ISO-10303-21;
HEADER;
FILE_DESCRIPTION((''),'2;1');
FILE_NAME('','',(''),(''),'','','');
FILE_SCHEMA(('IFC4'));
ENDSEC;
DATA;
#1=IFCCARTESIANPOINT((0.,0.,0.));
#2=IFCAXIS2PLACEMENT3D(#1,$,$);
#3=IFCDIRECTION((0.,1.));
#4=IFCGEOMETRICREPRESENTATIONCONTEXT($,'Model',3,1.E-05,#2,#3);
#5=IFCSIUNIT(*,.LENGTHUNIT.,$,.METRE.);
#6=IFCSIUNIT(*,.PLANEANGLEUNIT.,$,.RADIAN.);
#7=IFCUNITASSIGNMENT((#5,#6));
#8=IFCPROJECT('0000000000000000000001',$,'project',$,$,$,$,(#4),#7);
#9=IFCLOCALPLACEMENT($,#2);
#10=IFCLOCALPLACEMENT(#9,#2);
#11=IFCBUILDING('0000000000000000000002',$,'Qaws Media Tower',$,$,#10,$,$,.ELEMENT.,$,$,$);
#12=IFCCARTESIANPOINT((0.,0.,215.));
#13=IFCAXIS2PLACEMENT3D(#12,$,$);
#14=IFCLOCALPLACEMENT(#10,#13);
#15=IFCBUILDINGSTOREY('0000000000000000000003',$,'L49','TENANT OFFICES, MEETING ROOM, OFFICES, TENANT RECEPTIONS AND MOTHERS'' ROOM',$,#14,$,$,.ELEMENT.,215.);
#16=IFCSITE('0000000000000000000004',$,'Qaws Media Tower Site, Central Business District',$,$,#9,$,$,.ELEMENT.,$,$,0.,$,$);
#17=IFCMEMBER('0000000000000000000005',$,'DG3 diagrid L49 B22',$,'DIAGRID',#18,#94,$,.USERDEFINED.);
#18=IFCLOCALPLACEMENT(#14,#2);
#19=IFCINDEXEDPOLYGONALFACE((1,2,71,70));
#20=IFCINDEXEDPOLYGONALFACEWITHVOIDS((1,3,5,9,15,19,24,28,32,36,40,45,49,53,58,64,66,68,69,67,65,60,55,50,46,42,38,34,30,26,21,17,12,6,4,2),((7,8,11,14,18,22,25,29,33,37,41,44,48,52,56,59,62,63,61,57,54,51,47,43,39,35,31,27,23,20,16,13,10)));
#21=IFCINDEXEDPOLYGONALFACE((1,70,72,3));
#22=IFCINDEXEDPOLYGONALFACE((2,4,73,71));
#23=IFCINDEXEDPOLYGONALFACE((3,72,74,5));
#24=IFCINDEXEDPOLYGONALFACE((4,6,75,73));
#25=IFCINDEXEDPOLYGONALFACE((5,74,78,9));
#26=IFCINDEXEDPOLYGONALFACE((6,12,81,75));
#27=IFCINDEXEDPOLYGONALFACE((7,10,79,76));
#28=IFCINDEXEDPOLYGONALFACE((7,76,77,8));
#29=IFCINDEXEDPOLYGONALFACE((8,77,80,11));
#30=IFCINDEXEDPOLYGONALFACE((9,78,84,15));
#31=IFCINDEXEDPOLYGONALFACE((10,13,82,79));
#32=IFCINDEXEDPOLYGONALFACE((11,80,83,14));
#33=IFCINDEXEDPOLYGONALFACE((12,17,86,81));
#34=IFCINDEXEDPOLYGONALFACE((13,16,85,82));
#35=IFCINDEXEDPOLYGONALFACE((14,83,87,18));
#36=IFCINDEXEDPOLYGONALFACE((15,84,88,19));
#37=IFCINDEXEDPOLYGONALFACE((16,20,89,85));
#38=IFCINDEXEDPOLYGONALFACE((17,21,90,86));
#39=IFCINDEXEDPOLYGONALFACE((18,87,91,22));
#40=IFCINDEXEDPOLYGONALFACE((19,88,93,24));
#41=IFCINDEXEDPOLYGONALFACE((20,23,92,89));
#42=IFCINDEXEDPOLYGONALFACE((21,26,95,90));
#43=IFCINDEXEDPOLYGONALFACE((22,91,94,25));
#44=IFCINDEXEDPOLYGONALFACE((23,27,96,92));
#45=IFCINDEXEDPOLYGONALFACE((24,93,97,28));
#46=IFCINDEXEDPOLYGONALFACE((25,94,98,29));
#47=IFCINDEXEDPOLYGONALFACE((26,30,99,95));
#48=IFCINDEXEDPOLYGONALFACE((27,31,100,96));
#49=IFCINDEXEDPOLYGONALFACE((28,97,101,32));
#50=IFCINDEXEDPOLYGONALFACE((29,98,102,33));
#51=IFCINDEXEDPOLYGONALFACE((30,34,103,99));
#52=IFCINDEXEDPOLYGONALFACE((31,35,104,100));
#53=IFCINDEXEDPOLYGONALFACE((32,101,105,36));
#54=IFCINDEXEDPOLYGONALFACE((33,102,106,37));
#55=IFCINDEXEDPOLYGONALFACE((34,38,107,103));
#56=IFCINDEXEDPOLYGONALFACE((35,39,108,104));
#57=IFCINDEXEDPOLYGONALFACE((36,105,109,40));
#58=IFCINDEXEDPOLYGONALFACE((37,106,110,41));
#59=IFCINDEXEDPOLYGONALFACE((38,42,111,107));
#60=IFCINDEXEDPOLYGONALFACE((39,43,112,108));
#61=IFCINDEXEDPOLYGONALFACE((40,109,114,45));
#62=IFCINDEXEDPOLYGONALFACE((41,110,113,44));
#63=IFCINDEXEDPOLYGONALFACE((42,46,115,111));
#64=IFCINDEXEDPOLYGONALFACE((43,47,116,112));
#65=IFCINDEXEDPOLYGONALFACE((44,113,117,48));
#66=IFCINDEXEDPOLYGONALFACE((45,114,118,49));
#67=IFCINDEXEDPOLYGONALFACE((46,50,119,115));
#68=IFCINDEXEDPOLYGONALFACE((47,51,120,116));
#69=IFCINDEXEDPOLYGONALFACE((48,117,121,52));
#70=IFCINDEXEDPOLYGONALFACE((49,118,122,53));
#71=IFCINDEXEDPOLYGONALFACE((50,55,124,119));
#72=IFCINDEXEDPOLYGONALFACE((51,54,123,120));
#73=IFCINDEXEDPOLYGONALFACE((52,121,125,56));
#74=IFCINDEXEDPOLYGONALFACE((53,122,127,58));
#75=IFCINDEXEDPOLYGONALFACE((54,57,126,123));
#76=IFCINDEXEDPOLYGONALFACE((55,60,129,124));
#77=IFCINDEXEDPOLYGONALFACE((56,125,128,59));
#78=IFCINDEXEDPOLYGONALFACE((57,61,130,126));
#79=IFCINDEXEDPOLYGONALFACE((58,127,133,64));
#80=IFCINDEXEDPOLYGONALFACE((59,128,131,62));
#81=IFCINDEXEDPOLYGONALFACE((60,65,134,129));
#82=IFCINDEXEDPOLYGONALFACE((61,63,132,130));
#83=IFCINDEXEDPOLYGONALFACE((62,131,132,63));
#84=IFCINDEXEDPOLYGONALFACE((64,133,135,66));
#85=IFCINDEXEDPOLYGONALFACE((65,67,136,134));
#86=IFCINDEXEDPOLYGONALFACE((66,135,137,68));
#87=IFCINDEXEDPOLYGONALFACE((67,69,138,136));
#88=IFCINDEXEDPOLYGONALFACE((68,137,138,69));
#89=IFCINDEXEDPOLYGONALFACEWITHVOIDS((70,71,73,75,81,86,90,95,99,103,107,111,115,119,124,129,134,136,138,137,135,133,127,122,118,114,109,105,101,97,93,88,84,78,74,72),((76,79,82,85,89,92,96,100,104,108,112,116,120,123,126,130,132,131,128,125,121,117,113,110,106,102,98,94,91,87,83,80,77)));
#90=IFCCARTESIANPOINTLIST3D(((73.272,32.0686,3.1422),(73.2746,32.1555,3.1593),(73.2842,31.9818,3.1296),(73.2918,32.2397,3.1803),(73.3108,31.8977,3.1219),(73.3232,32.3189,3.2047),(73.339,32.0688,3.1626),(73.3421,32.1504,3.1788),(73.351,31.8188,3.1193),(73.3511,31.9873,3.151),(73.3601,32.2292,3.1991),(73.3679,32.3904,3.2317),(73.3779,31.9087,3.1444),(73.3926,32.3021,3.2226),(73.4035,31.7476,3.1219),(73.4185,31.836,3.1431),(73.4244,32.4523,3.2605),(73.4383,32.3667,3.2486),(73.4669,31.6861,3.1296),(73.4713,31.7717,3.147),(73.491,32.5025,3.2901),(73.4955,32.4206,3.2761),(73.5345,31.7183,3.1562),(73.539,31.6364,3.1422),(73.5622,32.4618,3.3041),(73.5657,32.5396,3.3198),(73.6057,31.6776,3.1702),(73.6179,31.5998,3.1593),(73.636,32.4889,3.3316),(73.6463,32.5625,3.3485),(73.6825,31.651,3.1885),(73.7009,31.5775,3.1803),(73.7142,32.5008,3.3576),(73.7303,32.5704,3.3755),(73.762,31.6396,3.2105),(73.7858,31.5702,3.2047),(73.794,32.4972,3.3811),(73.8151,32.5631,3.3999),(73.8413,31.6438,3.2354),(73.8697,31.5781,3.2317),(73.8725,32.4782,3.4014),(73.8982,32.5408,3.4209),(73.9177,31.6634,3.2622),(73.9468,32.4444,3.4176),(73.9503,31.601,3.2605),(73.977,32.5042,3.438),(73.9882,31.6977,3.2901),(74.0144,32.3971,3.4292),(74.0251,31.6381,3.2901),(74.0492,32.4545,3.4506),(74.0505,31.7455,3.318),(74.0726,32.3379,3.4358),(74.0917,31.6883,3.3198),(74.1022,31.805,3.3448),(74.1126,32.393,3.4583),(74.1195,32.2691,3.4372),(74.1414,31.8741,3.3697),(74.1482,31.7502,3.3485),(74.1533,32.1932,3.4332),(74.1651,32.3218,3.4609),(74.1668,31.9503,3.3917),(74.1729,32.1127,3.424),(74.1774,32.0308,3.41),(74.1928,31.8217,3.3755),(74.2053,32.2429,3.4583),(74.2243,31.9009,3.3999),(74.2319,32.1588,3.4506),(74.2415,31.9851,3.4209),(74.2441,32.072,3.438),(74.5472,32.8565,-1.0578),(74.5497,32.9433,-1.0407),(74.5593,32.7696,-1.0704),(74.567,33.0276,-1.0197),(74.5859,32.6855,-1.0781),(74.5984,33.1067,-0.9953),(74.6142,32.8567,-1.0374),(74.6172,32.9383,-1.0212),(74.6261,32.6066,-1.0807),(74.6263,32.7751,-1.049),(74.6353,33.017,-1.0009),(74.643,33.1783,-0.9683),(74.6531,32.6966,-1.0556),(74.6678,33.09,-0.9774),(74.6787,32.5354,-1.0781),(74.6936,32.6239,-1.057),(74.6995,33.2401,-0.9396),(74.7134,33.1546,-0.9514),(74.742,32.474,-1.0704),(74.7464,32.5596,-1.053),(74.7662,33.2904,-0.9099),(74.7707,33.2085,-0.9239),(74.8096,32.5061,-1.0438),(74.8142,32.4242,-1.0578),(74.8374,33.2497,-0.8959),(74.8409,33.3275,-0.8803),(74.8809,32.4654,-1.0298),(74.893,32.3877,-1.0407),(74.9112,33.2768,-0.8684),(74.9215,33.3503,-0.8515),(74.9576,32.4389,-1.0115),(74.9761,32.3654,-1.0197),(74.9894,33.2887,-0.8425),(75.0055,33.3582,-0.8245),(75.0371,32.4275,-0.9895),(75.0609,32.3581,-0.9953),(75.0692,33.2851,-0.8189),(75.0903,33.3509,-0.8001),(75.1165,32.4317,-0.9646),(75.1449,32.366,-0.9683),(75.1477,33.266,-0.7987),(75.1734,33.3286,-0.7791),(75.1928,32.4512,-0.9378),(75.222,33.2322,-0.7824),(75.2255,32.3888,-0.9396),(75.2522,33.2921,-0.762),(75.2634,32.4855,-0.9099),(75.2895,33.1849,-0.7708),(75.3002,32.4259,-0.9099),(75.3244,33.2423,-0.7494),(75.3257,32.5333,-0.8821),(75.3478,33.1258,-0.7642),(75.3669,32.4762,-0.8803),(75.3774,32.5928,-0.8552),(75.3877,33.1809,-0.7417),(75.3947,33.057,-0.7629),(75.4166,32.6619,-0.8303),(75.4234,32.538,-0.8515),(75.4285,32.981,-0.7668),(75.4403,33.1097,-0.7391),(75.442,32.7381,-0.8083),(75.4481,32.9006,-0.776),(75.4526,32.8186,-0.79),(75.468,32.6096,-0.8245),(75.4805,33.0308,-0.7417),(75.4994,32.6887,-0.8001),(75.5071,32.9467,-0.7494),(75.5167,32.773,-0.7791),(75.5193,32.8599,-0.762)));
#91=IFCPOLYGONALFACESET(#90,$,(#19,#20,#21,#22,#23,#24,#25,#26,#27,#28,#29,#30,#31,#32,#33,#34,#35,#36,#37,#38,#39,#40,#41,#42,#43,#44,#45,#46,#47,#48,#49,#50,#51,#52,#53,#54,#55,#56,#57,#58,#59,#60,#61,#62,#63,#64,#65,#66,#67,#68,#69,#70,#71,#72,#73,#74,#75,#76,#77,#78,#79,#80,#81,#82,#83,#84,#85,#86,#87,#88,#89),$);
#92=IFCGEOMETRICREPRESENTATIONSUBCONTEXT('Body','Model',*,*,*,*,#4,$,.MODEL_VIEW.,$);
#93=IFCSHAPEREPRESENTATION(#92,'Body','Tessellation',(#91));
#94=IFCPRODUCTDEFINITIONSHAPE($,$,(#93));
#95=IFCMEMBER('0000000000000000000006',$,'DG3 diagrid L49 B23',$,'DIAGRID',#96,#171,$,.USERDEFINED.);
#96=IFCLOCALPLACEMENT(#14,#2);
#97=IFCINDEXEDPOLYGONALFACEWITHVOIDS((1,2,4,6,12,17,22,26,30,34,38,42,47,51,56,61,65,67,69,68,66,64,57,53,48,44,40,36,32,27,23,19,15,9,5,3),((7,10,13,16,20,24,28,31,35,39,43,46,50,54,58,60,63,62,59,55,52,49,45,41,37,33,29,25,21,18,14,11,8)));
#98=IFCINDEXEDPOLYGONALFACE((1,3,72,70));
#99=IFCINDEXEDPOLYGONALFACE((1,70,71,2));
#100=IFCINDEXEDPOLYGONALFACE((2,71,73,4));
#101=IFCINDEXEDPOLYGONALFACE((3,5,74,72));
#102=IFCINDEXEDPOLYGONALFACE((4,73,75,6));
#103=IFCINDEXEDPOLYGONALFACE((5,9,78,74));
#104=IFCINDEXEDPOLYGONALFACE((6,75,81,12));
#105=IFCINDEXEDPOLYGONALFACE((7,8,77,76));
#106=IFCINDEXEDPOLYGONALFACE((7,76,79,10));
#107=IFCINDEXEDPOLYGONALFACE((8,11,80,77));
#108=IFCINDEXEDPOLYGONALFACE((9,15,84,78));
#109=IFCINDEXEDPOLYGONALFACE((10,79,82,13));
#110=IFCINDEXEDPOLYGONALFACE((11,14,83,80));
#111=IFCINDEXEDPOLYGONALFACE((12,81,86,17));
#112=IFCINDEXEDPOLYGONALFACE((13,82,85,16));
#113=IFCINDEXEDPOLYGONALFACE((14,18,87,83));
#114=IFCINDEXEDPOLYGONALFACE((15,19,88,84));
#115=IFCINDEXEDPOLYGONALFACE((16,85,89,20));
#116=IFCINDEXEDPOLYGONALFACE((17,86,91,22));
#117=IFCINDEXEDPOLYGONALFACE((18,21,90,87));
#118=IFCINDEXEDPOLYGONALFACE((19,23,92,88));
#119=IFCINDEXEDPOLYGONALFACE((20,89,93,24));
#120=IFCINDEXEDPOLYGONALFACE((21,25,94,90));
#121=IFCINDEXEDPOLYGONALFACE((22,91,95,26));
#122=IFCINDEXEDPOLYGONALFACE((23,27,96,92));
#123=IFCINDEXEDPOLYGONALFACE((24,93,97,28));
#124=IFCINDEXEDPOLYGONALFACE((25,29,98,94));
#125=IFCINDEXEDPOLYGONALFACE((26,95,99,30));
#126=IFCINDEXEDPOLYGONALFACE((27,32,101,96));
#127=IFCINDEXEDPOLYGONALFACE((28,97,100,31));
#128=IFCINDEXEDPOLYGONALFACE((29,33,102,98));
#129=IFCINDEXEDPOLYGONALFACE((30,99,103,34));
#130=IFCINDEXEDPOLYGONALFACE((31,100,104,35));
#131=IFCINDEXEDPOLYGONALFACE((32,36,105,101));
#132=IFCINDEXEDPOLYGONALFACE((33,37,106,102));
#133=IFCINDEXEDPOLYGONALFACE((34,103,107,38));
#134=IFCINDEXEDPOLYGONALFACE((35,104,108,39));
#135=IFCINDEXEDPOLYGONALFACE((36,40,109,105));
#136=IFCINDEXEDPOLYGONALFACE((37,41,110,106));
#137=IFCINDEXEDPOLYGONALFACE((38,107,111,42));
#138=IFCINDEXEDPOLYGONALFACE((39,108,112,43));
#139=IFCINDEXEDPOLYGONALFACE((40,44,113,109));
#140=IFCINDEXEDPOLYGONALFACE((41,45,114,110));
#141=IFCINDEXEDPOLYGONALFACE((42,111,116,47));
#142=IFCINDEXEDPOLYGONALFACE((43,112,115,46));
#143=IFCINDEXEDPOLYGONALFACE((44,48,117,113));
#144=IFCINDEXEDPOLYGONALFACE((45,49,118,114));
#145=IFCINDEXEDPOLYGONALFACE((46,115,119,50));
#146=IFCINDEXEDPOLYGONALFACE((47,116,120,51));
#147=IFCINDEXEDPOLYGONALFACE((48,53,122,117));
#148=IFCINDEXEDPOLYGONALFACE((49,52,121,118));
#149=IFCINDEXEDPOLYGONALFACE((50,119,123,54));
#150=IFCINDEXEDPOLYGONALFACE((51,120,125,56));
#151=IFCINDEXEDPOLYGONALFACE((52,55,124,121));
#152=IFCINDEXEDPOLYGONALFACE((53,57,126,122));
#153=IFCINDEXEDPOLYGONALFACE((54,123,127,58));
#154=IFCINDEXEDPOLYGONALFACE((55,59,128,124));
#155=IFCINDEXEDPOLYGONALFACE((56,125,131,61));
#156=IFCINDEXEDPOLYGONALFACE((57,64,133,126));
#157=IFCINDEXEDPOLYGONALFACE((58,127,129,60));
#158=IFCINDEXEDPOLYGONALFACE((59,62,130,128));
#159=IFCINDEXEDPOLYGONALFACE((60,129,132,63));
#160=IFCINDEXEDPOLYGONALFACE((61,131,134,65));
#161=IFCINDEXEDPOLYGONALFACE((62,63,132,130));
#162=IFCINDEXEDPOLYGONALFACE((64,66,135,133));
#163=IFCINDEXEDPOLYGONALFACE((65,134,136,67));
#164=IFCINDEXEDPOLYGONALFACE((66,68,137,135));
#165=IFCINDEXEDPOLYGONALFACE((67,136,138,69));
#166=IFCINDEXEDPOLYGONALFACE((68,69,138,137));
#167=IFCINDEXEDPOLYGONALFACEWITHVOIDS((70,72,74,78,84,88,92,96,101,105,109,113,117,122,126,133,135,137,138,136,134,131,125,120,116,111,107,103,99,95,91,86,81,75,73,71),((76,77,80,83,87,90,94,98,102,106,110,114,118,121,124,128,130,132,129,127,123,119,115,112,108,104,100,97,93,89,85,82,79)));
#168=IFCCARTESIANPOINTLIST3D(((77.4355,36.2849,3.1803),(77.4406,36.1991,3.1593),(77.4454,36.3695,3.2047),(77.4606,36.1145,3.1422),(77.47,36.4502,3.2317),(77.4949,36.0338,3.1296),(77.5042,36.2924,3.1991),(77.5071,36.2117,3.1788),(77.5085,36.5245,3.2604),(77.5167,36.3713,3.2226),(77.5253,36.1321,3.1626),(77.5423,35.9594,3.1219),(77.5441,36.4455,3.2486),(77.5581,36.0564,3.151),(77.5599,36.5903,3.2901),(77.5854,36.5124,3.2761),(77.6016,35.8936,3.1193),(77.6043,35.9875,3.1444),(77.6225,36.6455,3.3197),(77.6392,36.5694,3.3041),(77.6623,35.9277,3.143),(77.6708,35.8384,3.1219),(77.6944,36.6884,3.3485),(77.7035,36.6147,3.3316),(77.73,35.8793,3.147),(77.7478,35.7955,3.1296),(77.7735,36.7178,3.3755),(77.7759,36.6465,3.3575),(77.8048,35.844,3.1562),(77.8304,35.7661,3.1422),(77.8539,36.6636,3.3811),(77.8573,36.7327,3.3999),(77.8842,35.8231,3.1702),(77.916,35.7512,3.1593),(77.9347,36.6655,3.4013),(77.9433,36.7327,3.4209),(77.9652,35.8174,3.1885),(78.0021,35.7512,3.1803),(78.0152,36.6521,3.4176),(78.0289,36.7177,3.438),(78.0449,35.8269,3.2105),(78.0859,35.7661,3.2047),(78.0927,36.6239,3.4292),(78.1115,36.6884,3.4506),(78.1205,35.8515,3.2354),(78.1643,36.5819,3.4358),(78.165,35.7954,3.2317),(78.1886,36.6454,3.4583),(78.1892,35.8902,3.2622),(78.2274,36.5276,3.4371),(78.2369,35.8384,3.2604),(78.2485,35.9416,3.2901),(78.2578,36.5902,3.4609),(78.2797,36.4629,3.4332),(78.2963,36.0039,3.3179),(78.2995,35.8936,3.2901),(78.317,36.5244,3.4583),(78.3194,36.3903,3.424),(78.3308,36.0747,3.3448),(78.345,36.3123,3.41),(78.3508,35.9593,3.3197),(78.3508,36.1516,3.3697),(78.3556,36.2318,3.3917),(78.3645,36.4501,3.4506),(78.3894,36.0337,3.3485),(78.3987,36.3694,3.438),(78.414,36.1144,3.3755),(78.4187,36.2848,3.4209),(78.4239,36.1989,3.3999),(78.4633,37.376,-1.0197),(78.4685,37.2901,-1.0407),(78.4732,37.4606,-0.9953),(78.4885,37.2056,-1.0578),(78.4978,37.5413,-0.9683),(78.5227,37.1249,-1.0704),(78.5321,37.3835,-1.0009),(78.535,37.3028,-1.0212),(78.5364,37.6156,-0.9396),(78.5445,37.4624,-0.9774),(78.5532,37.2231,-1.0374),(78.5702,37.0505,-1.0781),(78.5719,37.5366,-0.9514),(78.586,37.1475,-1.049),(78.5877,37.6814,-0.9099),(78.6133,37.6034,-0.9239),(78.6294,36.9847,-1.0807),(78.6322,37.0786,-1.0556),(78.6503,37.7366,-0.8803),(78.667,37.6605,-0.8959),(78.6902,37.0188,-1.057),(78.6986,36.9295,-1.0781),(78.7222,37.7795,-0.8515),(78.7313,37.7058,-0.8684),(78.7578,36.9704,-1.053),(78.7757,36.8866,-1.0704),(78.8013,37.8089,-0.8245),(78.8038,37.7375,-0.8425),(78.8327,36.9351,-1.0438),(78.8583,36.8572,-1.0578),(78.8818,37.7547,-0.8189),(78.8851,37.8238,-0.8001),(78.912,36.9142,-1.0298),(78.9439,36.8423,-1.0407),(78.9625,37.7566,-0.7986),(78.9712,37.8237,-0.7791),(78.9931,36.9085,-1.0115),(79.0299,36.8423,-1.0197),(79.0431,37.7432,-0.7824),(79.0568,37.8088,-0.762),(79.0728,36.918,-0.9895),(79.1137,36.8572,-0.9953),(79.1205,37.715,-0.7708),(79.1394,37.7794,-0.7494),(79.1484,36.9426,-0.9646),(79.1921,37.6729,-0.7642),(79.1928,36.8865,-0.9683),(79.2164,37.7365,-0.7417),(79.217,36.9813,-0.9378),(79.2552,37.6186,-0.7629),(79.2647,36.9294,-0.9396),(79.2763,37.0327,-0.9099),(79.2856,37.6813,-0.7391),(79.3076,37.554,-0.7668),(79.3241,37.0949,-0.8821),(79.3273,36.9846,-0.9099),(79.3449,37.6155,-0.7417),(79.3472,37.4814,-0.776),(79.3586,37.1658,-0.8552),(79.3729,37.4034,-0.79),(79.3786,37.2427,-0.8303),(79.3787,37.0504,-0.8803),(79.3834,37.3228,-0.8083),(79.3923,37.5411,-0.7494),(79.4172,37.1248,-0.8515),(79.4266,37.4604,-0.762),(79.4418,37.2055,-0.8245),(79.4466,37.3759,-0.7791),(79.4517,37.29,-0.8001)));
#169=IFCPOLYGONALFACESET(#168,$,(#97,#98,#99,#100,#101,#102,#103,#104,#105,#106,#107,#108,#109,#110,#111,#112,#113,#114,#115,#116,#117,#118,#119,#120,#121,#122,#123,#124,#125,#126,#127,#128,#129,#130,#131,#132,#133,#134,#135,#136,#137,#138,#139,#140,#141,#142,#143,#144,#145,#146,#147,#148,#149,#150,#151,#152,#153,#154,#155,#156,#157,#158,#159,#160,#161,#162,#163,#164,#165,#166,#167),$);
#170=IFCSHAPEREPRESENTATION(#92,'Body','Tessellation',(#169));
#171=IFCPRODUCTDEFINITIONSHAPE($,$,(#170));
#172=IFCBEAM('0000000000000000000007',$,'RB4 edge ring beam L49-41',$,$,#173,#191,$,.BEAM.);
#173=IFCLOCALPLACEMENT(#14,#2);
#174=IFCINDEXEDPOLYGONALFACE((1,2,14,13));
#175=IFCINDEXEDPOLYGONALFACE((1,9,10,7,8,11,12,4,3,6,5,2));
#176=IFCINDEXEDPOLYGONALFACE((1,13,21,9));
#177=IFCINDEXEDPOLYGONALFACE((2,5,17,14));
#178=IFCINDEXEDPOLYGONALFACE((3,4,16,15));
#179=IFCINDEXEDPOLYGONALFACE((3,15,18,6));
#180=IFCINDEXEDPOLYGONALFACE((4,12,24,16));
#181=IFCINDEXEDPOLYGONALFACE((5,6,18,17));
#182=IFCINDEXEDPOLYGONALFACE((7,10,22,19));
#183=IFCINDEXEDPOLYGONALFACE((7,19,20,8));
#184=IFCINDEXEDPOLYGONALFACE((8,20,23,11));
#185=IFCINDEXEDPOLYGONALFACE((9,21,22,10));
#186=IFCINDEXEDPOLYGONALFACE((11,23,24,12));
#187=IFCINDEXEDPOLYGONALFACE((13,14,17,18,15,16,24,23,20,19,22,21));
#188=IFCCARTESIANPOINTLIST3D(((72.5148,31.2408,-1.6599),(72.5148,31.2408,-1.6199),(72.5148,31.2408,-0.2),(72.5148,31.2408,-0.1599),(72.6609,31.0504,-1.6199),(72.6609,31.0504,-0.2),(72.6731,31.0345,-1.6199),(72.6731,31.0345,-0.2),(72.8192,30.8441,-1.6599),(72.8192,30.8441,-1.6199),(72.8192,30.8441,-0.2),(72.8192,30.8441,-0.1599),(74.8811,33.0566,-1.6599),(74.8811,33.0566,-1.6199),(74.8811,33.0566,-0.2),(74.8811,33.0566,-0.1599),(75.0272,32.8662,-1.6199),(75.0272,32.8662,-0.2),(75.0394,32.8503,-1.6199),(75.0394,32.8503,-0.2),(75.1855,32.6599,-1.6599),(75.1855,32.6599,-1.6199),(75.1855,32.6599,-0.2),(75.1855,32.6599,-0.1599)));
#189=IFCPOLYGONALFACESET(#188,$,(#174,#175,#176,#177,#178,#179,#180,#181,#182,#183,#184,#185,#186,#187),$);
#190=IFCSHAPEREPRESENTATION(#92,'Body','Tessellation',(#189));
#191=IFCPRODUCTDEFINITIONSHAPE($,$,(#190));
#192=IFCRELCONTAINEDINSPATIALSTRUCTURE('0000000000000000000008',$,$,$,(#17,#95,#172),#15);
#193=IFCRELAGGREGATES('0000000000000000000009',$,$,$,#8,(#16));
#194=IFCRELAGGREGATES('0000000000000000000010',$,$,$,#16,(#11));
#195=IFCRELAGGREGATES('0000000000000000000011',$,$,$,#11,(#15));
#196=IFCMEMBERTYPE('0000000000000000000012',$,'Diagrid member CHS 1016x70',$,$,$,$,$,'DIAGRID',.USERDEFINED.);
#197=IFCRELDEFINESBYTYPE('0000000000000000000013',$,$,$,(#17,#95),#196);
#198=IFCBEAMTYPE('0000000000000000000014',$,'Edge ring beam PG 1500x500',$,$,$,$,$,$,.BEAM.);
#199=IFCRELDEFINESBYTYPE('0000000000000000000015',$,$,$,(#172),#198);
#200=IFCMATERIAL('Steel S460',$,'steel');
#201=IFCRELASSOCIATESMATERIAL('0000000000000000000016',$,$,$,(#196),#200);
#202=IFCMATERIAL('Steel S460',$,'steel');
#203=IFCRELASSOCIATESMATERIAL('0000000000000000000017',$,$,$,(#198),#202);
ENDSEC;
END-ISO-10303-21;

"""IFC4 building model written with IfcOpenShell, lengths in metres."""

from ifc_helpers import new_model, si_unit, direction, frame, origin, origin_2d, place, context, subcontext, project, spatial, hollow_circle, i_section, extrude, material, material_profile, profile_set, type_object, element, save


model = new_model("IFC4")

# Units and contexts
model_context = context("Model", 3, precision=1e-05, world=origin(), true_north=direction((0.0, 1.0)))
body_context = subcontext(model_context, "Body", "Model", "MODEL_VIEW")
ifc_project = project(units=[si_unit("LENGTHUNIT", "METRE"), si_unit("PLANEANGLEUNIT", "RADIAN")], contexts=[model_context])

# Site, building, storey
site_placement = place(None, origin())
site = spatial("IfcSite", under=ifc_project, at=site_placement, Name="Qaws Media Tower Site, Central Business District", CompositionType="ELEMENT", RefElevation=0.0)
building_placement = place(site_placement, origin())
building = spatial("IfcBuilding", under=site, at=building_placement, Name="Qaws Media Tower", CompositionType="ELEMENT")
storey_placement = place(building_placement, frame((0.0, 0.0, 215.0)))
storey = spatial("IfcBuildingStorey", under=building, at=storey_placement, Name="L49", Description="TENANT OFFICES, MEETING ROOM, OFFICES, TENANT RECEPTIONS AND MOTHERS' ROOM", CompositionType="ELEMENT", Elevation=215.0)

# Members
ifc_material_1 = material(Name="Steel S460", Category="steel")
ifc_material_profile_1 = material_profile(ifc_material_1, hollow_circle(Radius=0.5081, WallThickness=0.0701, at=origin_2d()), Name="CHS 1016x70")
ifc_profile_set_1 = profile_set([ifc_material_profile_1], Name="Steel S460")
member_type_1 = type_object("IfcMemberType", Name="Diagrid member CHS 1016x70", ElementType="DIAGRID", PredefinedType="USERDEFINED", material=ifc_profile_set_1)
for number, where, z_axis, x_axis, name in (
    (1, (75.0332, 32.8582, -0.9099), (-0.285946, -0.17667, 0.941819), (0.525614, -0.850723, 0.0), "DG3 diagrid L49 B22"),
    (2, (78.9575, 37.333, -0.9099), (-0.230485, -0.244665, 0.941815), (0.727884, -0.6857, 0.0), "DG3 diagrid L49 B23"),
):
    element("IfcMember", number, at=place(storey_placement, frame(where, z_axis=z_axis, x_axis=x_axis)), inside=storey, type_object=member_type_1, Name=name, ObjectType="DIAGRID", PredefinedType="USERDEFINED", context=body_context, shape_type="SweptSolid", body=[
        extrude(hollow_circle(Radius=0.5081, WallThickness=0.0701, at=origin_2d()), origin(), (0.0, 0.0, 1.0), 4.4595),
    ])

# Beam
ifc_material_2 = material(Name="Steel S460", Category="steel")
ifc_material_profile_2 = material_profile(ifc_material_2, i_section(OverallWidth=0.5, OverallDepth=1.5, WebThickness=0.02, FlangeThickness=0.04, at=origin_2d()), Name="PG 1500x500")
ifc_profile_set_2 = profile_set([ifc_material_profile_2], Name="Steel S460")
beam_type = type_object("IfcBeamType", Name="Edge ring beam PG 1500x500", PredefinedType="BEAM", material=ifc_profile_set_2)
beam_1_placement = place(storey_placement, frame((72.667, 31.0425, -0.9099), z_axis=(0.793351, 0.608765, 0.0), x_axis=(-0.608765, 0.793351, 0.0)))
element("IfcBeam", 3, at=beam_1_placement, inside=storey, type_object=beam_type, Name="RB4 edge ring beam L49-41", PredefinedType="BEAM", context=body_context, shape_type="SweptSolid", body=[
    extrude(i_section(OverallWidth=0.5, OverallDepth=1.5, WebThickness=0.02, FlangeThickness=0.04, at=origin_2d()), origin(), (0.0, 0.0, 1.0), 2.9827),
])

save(model, "model.ifc")
